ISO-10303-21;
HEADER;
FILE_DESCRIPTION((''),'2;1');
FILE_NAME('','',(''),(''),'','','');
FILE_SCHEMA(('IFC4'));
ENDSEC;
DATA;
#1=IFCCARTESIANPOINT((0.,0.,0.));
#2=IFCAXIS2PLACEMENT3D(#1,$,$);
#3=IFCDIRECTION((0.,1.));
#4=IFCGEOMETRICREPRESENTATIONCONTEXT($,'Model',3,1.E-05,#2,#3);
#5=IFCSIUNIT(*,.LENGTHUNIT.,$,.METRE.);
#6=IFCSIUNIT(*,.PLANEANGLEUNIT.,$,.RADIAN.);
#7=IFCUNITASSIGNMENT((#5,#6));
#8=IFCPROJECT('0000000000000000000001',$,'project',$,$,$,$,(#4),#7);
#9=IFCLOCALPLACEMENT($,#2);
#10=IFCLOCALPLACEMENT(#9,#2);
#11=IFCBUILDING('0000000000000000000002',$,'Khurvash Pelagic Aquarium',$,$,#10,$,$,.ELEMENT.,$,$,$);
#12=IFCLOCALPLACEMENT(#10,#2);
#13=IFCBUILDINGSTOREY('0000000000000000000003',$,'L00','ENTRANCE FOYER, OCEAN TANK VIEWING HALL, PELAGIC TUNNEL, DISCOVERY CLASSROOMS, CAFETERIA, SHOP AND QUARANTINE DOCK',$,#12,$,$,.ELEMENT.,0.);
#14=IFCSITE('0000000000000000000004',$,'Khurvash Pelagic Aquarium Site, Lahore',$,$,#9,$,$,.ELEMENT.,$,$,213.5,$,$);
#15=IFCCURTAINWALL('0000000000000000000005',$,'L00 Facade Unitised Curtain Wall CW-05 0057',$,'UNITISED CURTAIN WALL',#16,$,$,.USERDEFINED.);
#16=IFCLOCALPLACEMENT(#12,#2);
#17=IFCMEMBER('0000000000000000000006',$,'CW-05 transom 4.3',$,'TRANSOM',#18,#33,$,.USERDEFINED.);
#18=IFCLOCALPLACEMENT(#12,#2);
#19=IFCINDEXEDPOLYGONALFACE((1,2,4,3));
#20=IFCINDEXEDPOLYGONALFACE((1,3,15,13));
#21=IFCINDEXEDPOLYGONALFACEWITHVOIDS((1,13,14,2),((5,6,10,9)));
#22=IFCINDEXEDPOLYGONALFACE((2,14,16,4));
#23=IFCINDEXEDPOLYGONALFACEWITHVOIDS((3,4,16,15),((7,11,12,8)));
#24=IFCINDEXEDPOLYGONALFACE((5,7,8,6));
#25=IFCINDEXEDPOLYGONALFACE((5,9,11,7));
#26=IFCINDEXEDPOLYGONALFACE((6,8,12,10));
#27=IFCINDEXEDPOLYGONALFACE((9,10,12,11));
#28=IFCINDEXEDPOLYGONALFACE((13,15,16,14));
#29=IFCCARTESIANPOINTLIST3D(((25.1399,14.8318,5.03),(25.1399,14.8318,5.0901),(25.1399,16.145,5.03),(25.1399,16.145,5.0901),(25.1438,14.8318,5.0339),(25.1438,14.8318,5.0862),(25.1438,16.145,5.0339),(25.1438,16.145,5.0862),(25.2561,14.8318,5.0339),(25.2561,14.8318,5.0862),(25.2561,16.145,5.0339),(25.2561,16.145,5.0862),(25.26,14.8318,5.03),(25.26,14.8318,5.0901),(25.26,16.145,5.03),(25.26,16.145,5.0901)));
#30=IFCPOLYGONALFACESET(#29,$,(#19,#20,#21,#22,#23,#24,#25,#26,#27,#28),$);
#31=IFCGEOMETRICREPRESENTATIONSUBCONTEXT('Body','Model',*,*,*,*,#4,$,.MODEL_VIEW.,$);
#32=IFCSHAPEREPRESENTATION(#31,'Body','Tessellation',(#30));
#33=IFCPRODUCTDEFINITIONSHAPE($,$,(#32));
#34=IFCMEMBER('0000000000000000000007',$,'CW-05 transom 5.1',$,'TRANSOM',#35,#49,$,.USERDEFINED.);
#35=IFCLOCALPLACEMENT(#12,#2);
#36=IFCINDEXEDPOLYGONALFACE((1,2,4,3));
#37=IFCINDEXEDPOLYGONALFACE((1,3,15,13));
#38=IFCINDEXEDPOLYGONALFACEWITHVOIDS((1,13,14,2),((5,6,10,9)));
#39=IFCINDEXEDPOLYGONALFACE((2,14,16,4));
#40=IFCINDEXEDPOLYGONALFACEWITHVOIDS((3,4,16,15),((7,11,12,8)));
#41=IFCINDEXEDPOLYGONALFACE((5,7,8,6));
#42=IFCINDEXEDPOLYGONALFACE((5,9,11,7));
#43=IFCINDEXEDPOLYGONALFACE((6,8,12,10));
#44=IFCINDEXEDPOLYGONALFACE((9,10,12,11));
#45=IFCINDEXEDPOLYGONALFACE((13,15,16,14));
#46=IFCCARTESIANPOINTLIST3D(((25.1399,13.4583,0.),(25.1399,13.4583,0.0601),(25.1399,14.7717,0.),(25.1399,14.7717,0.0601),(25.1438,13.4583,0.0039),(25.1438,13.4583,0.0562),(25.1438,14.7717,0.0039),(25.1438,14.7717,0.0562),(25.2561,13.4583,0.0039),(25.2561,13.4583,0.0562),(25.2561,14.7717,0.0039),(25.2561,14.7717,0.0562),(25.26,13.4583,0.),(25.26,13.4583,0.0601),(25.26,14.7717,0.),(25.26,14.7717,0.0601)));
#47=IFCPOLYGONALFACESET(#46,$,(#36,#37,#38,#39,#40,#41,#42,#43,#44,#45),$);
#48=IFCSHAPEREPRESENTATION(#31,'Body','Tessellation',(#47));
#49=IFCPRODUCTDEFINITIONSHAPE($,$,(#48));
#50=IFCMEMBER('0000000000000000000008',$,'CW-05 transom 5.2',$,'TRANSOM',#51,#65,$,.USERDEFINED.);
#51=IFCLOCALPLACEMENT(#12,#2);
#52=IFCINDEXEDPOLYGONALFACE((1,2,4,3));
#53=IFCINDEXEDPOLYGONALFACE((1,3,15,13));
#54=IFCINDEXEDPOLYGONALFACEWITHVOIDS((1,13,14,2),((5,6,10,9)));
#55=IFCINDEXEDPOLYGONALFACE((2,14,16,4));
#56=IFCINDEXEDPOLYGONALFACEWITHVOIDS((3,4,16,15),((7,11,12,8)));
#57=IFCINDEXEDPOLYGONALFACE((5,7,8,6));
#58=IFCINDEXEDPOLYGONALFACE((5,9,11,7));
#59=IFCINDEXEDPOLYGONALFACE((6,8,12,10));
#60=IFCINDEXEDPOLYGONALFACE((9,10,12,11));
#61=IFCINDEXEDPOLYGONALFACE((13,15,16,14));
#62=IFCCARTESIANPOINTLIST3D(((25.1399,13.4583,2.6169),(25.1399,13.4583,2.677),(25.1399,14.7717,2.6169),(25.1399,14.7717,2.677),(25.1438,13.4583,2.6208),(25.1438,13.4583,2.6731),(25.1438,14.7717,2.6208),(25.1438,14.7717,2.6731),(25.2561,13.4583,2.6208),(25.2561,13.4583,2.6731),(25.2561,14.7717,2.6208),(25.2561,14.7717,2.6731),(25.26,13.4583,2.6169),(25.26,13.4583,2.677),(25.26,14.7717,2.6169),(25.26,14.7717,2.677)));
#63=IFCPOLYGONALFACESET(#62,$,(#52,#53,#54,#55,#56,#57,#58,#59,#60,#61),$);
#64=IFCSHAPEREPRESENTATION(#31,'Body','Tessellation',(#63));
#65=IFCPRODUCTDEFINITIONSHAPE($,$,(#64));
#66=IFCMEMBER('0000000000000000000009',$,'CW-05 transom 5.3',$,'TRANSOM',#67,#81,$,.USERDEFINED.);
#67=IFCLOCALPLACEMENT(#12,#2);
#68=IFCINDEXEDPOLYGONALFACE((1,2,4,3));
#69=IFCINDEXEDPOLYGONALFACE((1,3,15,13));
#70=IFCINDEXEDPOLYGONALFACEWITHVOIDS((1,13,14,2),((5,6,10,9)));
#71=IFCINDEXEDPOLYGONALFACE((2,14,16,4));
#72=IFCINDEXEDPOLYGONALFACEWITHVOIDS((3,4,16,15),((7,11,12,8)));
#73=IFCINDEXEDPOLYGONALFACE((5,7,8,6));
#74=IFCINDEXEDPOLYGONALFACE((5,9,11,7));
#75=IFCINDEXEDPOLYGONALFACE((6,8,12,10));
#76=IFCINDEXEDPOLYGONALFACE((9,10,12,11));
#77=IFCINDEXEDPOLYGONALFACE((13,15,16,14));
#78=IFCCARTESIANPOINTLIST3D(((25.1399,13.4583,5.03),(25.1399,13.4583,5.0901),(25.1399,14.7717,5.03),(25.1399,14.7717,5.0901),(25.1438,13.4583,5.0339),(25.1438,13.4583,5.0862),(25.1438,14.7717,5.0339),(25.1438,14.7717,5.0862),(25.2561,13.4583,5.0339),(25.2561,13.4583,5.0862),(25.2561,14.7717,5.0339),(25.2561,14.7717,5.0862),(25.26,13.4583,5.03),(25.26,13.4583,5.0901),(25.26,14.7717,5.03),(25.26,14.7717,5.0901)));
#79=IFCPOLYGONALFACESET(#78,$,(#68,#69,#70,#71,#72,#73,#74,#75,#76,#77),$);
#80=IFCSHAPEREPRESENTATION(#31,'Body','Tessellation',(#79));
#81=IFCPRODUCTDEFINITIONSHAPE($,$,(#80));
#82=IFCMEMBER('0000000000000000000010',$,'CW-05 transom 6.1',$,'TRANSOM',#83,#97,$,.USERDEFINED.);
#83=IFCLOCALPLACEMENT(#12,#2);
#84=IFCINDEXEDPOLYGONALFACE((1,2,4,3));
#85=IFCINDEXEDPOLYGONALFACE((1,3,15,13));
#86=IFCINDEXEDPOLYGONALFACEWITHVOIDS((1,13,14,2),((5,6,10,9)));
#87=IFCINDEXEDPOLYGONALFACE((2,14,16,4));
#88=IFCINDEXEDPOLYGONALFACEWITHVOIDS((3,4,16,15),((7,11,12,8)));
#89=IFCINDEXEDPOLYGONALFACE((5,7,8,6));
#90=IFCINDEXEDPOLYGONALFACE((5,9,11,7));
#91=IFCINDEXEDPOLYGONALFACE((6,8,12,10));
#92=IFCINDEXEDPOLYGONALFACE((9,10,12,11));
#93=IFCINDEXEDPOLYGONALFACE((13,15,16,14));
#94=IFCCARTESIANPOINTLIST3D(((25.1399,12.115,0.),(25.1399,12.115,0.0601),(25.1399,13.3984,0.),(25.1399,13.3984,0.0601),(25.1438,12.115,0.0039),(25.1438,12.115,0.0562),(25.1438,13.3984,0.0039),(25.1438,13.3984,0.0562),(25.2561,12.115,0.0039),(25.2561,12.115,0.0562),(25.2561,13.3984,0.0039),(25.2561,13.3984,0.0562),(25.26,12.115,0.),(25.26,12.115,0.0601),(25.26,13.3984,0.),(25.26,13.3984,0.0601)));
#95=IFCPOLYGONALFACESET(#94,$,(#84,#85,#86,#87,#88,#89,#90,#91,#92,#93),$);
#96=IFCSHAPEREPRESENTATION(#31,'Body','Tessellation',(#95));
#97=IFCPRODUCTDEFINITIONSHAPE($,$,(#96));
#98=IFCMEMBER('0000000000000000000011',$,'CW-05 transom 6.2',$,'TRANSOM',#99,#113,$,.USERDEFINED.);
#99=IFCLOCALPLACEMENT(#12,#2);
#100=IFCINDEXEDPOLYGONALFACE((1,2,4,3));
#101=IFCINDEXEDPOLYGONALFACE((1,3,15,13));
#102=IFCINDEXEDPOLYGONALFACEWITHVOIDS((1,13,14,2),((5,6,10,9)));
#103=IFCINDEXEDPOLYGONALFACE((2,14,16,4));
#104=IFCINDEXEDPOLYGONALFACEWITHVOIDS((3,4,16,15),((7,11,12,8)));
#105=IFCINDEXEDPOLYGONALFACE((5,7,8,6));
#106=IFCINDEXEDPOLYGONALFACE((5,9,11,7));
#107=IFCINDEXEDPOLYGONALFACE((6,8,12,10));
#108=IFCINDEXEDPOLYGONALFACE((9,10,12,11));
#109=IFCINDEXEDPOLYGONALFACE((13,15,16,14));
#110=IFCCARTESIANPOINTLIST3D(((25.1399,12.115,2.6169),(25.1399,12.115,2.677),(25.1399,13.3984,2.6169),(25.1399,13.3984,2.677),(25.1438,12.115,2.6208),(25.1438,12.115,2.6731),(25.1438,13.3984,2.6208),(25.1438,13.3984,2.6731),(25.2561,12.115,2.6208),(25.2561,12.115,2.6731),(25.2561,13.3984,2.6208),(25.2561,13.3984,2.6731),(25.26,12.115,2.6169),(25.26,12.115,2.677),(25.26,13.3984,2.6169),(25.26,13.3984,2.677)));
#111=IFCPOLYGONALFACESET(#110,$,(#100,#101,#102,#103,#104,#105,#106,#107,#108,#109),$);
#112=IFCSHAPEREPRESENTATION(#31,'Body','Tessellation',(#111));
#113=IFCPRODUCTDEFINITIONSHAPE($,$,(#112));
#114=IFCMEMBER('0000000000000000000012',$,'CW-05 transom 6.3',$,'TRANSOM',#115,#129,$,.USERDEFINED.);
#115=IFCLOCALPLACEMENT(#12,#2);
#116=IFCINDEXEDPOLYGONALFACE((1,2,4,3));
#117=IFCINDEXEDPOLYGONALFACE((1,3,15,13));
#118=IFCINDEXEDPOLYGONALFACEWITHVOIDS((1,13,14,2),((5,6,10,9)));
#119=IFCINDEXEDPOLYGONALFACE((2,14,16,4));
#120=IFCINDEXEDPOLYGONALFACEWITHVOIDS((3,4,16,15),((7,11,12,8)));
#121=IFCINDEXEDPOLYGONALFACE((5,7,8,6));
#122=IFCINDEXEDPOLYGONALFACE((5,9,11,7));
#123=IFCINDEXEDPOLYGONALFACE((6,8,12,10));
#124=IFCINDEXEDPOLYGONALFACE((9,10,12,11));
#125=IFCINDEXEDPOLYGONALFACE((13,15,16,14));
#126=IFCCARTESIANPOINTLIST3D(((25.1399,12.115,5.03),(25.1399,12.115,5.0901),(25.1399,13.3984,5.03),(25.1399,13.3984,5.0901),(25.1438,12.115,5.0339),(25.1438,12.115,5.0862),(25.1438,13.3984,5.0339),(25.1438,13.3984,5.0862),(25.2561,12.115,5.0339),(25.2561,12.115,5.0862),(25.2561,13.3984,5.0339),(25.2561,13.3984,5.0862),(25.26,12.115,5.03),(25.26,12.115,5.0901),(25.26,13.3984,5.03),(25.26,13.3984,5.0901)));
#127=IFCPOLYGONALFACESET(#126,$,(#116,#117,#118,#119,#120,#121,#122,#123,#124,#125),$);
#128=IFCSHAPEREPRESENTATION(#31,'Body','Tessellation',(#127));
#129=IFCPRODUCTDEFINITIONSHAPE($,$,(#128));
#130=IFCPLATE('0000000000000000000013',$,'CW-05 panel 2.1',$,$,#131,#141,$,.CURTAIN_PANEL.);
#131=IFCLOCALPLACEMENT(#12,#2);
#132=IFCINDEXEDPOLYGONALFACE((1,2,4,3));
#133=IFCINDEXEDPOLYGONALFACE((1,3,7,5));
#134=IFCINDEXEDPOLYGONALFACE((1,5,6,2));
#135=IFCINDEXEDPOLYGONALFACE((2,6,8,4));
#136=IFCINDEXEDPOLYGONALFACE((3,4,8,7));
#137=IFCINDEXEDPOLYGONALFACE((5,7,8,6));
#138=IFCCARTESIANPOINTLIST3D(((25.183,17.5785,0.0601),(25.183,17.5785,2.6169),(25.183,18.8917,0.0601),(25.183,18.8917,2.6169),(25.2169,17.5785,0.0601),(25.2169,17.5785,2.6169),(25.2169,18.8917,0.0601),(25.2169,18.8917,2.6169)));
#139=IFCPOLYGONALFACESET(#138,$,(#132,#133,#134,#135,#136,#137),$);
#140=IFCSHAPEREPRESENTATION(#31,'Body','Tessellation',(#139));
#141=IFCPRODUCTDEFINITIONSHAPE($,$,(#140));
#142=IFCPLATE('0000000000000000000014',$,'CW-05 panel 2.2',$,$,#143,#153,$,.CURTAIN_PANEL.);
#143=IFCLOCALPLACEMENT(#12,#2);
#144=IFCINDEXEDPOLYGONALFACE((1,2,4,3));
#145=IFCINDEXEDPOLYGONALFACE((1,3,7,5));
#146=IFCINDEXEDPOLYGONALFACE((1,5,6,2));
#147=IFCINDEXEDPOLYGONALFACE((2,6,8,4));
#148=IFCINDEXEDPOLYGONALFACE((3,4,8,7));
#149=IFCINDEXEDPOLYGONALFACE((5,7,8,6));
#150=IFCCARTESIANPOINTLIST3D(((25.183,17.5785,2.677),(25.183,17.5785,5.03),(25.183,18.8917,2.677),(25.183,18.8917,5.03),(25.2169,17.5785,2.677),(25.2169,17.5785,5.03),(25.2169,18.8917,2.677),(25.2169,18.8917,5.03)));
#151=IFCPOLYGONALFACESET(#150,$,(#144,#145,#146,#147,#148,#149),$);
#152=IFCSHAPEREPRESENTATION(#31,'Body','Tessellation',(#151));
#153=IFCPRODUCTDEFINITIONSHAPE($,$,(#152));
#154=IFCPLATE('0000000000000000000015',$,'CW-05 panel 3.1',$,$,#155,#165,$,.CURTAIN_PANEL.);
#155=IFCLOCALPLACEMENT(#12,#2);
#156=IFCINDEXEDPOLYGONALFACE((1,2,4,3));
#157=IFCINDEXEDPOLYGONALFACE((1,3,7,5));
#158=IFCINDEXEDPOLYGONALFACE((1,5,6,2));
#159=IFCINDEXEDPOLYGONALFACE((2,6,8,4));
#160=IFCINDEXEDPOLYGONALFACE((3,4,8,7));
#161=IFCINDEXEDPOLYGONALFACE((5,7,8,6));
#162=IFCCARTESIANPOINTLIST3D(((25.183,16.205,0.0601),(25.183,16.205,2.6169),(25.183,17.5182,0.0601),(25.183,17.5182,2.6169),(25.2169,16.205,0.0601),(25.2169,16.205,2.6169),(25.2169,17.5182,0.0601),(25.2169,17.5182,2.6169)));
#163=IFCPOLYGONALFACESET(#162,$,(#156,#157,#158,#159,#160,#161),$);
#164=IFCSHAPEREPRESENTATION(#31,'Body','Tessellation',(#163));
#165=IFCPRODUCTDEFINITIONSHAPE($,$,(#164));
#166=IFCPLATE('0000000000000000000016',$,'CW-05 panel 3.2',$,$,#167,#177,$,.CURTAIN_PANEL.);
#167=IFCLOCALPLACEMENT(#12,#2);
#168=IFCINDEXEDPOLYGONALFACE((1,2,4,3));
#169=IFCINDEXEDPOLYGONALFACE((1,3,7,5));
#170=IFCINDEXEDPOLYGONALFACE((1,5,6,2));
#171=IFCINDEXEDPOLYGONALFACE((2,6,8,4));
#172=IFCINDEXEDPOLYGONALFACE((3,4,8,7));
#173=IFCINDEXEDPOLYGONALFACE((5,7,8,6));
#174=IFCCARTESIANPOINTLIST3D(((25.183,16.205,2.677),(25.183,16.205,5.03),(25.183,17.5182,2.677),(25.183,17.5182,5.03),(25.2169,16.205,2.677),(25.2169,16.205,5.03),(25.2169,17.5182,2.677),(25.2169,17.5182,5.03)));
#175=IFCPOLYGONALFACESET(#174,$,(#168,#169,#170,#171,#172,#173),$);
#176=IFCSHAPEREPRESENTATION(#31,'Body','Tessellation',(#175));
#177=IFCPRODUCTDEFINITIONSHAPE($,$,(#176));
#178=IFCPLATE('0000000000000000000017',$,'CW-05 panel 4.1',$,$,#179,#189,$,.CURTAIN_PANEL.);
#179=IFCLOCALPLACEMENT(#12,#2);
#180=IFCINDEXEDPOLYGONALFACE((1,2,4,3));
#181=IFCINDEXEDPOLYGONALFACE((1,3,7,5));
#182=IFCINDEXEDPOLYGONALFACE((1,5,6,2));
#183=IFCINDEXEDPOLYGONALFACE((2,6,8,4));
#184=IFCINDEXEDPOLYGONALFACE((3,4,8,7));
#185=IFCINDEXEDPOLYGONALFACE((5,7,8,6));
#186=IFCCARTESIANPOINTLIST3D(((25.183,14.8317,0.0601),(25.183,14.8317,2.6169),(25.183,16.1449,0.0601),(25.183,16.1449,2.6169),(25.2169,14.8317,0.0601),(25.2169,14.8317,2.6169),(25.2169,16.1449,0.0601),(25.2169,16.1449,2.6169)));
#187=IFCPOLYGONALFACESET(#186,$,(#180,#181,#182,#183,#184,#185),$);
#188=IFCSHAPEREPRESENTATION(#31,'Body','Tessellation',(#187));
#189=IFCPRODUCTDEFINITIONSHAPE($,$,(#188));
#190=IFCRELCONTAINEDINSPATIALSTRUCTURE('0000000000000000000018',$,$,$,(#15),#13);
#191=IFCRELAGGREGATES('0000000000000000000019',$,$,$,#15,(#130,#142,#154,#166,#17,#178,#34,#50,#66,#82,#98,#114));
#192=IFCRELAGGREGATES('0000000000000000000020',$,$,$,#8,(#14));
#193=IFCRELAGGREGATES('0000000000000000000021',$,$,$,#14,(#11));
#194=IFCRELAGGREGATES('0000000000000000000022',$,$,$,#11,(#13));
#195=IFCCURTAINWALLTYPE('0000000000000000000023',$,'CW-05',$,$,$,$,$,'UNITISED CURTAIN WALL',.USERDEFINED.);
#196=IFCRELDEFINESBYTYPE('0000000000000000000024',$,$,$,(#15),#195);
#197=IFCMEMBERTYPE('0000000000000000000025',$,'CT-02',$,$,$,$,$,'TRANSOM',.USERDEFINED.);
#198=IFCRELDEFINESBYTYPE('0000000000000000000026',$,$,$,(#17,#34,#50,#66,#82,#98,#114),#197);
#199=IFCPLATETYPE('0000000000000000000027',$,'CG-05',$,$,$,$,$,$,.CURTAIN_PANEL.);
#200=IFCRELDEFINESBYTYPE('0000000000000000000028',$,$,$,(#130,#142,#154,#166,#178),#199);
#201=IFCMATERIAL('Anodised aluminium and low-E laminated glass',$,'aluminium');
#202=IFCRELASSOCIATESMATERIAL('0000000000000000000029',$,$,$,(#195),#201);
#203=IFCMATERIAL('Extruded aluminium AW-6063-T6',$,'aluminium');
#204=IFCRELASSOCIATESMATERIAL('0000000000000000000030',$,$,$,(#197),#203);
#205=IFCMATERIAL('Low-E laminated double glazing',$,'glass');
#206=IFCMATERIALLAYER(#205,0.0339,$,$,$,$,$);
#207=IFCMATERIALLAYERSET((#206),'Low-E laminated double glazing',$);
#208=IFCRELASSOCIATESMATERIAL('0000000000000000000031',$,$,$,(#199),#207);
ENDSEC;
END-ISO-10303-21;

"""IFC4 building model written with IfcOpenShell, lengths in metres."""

from ifc_helpers import new_model, si_unit, direction, frame, origin, origin_2d, place, context, subcontext, project, spatial, rectangle, hollow_rectangle, extrude, material, layer, layer_set, material_profile, profile_set, type_object, element, aggregate, save


model = new_model("IFC4")

# Units and contexts
model_context = context("Model", 3, precision=1e-05, world=origin(), true_north=direction((0.0, 1.0)))
body_context = subcontext(model_context, "Body", "Model", "MODEL_VIEW")
ifc_project = project(units=[si_unit("LENGTHUNIT", "METRE"), si_unit("PLANEANGLEUNIT", "RADIAN")], contexts=[model_context])

# Site, building, storey
site_placement = place(None, origin())
site = spatial("IfcSite", under=ifc_project, at=site_placement, Name="Khurvash Pelagic Aquarium Site, Lahore", CompositionType="ELEMENT", RefElevation=213.5)
building_placement = place(site_placement, origin())
building = spatial("IfcBuilding", under=site, at=building_placement, Name="Khurvash Pelagic Aquarium", CompositionType="ELEMENT")
storey_placement = place(building_placement, origin())
storey = spatial("IfcBuildingStorey", under=building, at=storey_placement, Name="L00", Description="ENTRANCE FOYER, OCEAN TANK VIEWING HALL, PELAGIC TUNNEL, DISCOVERY CLASSROOMS, CAFETERIA, SHOP AND QUARANTINE DOCK", CompositionType="ELEMENT", Elevation=0.0)

# Curtain wall, members, plates
ifc_material_1 = material(Name="Anodised aluminium and low-E laminated glass", Category="aluminium")
curtain_wall_type = type_object("IfcCurtainWallType", Name="CW-05", ElementType="UNITISED CURTAIN WALL", PredefinedType="USERDEFINED", material=ifc_material_1)
curtain_wall_placement = place(storey_placement, origin())
curtain_wall = element("IfcCurtainWall", 1, at=curtain_wall_placement, inside=storey, type_object=curtain_wall_type, Name="L00 Facade Unitised Curtain Wall CW-05 0057", ObjectType="UNITISED CURTAIN WALL", PredefinedType="USERDEFINED")
ifc_material_2 = material(Name="Extruded aluminium AW-6063-T6", Category="aluminium")
ifc_material_profile_1 = material_profile(ifc_material_2, hollow_rectangle(XDim=0.1201, YDim=0.0601, WallThickness=0.0039, at=origin_2d()), Name="CWT120X60X4")
ifc_profile_set_1 = profile_set([ifc_material_profile_1], Name="Extruded aluminium AW-6063-T6")
member_type_1 = type_object("IfcMemberType", Name="CT-02", ElementType="TRANSOM", PredefinedType="USERDEFINED", material=ifc_profile_set_1)
member_1_placement = place(storey_placement, frame((25.2, 16.145, 5.0601), z_axis=(0.0, -1.0, 0.0), x_axis=(1.0, 0.0, 0.0)))
member_1 = element("IfcMember", 2, at=member_1_placement, type_object=member_type_1, Name="CW-05 transom 4.3", ObjectType="TRANSOM", PredefinedType="USERDEFINED", context=body_context, shape_type="SweptSolid", body=[
    extrude(hollow_rectangle(XDim=0.1201, YDim=0.0601, WallThickness=0.0039, at=origin_2d()), origin(), (0.0, 0.0, 1.0), 1.3132),
])
member_2_placement = place(storey_placement, frame((25.2, 14.7717, 0.03), z_axis=(0.0, -1.0, 0.0), x_axis=(1.0, 0.0, 0.0)))
member_2 = element("IfcMember", 3, at=member_2_placement, type_object=member_type_1, Name="CW-05 transom 5.1", ObjectType="TRANSOM", PredefinedType="USERDEFINED", context=body_context, shape_type="SweptSolid", body=[
    extrude(hollow_rectangle(XDim=0.1201, YDim=0.0601, WallThickness=0.0039, at=origin_2d()), origin(), (0.0, 0.0, 1.0), 1.3135),
])
member_3_placement = place(storey_placement, frame((25.2, 14.7717, 2.647), z_axis=(0.0, -1.0, 0.0), x_axis=(1.0, 0.0, 0.0)))
member_3 = element("IfcMember", 4, at=member_3_placement, type_object=member_type_1, Name="CW-05 transom 5.2", ObjectType="TRANSOM", PredefinedType="USERDEFINED", context=body_context, shape_type="SweptSolid", body=[
    extrude(hollow_rectangle(XDim=0.1201, YDim=0.0601, WallThickness=0.0039, at=origin_2d()), origin(), (0.0, 0.0, 1.0), 1.3135),
])
member_4_placement = place(storey_placement, frame((25.2, 14.7717, 5.0601), z_axis=(0.0, -1.0, 0.0), x_axis=(1.0, 0.0, 0.0)))
member_4 = element("IfcMember", 5, at=member_4_placement, type_object=member_type_1, Name="CW-05 transom 5.3", ObjectType="TRANSOM", PredefinedType="USERDEFINED", context=body_context, shape_type="SweptSolid", body=[
    extrude(hollow_rectangle(XDim=0.1201, YDim=0.0601, WallThickness=0.0039, at=origin_2d()), origin(), (0.0, 0.0, 1.0), 1.3135),
])
member_5_placement = place(storey_placement, frame((25.2, 13.3984, 0.03), z_axis=(0.0, -1.0, 0.0), x_axis=(1.0, 0.0, 0.0)))
member_5 = element("IfcMember", 6, at=member_5_placement, type_object=member_type_1, Name="CW-05 transom 6.1", ObjectType="TRANSOM", PredefinedType="USERDEFINED", context=body_context, shape_type="SweptSolid", body=[
    extrude(hollow_rectangle(XDim=0.1201, YDim=0.0601, WallThickness=0.0039, at=origin_2d()), origin(), (0.0, 0.0, 1.0), 1.2834),
])
member_6_placement = place(storey_placement, frame((25.2, 13.3984, 2.647), z_axis=(0.0, -1.0, 0.0), x_axis=(1.0, 0.0, 0.0)))
member_6 = element("IfcMember", 7, at=member_6_placement, type_object=member_type_1, Name="CW-05 transom 6.2", ObjectType="TRANSOM", PredefinedType="USERDEFINED", context=body_context, shape_type="SweptSolid", body=[
    extrude(hollow_rectangle(XDim=0.1201, YDim=0.0601, WallThickness=0.0039, at=origin_2d()), origin(), (0.0, 0.0, 1.0), 1.2834),
])
member_7_placement = place(storey_placement, frame((25.2, 13.3984, 5.0601), z_axis=(0.0, -1.0, 0.0), x_axis=(1.0, 0.0, 0.0)))
member_7 = element("IfcMember", 8, at=member_7_placement, type_object=member_type_1, Name="CW-05 transom 6.3", ObjectType="TRANSOM", PredefinedType="USERDEFINED", context=body_context, shape_type="SweptSolid", body=[
    extrude(hollow_rectangle(XDim=0.1201, YDim=0.0601, WallThickness=0.0039, at=origin_2d()), origin(), (0.0, 0.0, 1.0), 1.2834),
])
ifc_material_3 = material(Name="Low-E laminated double glazing", Category="glass")
ifc_layer_1 = layer(ifc_material_3, 0.0339)
ifc_layer_set_1 = layer_set([ifc_layer_1], Name="Low-E laminated double glazing")
plate_type = type_object("IfcPlateType", Name="CG-05", PredefinedType="CURTAIN_PANEL", material=ifc_layer_set_1)
plate_1_placement = place(storey_placement, frame((25.2, 18.2351, 0.0601), z_axis=(0.0, 0.0, 1.0), x_axis=(0.0, -1.0, 0.0)))
plate_1 = element("IfcPlate", 9, at=plate_1_placement, type_object=plate_type, Name="CW-05 panel 2.1", PredefinedType="CURTAIN_PANEL", context=body_context, shape_type="SweptSolid", body=[
    extrude(rectangle(XDim=1.3132, YDim=0.0339, at=origin_2d()), origin(), (0.0, 0.0, 1.0), 2.5569),
])
plate_2_placement = place(storey_placement, frame((25.2, 18.2351, 2.677), z_axis=(0.0, 0.0, 1.0), x_axis=(0.0, -1.0, 0.0)))
plate_2 = element("IfcPlate", 10, at=plate_2_placement, type_object=plate_type, Name="CW-05 panel 2.2", PredefinedType="CURTAIN_PANEL", context=body_context, shape_type="SweptSolid", body=[
    extrude(rectangle(XDim=1.3132, YDim=0.0339, at=origin_2d()), origin(), (0.0, 0.0, 1.0), 2.353),
])
plate_3_placement = place(storey_placement, frame((25.2, 16.8616, 0.0601), z_axis=(0.0, 0.0, 1.0), x_axis=(0.0, -1.0, 0.0)))
plate_3 = element("IfcPlate", 11, at=plate_3_placement, type_object=plate_type, Name="CW-05 panel 3.1", PredefinedType="CURTAIN_PANEL", context=body_context, shape_type="SweptSolid", body=[
    extrude(rectangle(XDim=1.3132, YDim=0.0339, at=origin_2d()), origin(), (0.0, 0.0, 1.0), 2.5569),
])
plate_4_placement = place(storey_placement, frame((25.2, 16.8616, 2.677), z_axis=(0.0, 0.0, 1.0), x_axis=(0.0, -1.0, 0.0)))
plate_4 = element("IfcPlate", 12, at=plate_4_placement, type_object=plate_type, Name="CW-05 panel 3.2", PredefinedType="CURTAIN_PANEL", context=body_context, shape_type="SweptSolid", body=[
    extrude(rectangle(XDim=1.3132, YDim=0.0339, at=origin_2d()), origin(), (0.0, 0.0, 1.0), 2.353),
])
plate_5_placement = place(storey_placement, frame((25.2, 15.4883, 0.0601), z_axis=(0.0, 0.0, 1.0), x_axis=(0.0, -1.0, 0.0)))
plate_5 = element("IfcPlate", 13, at=plate_5_placement, type_object=plate_type, Name="CW-05 panel 4.1", PredefinedType="CURTAIN_PANEL", context=body_context, shape_type="SweptSolid", body=[
    extrude(rectangle(XDim=1.3132, YDim=0.0339, at=origin_2d()), origin(), (0.0, 0.0, 1.0), 2.5569),
])
aggregate(curtain_wall, [plate_1, plate_2, plate_3, plate_4, member_1, plate_5, member_2, member_3, member_4, member_5, member_6, member_7])

save(model, "model.ifc")
